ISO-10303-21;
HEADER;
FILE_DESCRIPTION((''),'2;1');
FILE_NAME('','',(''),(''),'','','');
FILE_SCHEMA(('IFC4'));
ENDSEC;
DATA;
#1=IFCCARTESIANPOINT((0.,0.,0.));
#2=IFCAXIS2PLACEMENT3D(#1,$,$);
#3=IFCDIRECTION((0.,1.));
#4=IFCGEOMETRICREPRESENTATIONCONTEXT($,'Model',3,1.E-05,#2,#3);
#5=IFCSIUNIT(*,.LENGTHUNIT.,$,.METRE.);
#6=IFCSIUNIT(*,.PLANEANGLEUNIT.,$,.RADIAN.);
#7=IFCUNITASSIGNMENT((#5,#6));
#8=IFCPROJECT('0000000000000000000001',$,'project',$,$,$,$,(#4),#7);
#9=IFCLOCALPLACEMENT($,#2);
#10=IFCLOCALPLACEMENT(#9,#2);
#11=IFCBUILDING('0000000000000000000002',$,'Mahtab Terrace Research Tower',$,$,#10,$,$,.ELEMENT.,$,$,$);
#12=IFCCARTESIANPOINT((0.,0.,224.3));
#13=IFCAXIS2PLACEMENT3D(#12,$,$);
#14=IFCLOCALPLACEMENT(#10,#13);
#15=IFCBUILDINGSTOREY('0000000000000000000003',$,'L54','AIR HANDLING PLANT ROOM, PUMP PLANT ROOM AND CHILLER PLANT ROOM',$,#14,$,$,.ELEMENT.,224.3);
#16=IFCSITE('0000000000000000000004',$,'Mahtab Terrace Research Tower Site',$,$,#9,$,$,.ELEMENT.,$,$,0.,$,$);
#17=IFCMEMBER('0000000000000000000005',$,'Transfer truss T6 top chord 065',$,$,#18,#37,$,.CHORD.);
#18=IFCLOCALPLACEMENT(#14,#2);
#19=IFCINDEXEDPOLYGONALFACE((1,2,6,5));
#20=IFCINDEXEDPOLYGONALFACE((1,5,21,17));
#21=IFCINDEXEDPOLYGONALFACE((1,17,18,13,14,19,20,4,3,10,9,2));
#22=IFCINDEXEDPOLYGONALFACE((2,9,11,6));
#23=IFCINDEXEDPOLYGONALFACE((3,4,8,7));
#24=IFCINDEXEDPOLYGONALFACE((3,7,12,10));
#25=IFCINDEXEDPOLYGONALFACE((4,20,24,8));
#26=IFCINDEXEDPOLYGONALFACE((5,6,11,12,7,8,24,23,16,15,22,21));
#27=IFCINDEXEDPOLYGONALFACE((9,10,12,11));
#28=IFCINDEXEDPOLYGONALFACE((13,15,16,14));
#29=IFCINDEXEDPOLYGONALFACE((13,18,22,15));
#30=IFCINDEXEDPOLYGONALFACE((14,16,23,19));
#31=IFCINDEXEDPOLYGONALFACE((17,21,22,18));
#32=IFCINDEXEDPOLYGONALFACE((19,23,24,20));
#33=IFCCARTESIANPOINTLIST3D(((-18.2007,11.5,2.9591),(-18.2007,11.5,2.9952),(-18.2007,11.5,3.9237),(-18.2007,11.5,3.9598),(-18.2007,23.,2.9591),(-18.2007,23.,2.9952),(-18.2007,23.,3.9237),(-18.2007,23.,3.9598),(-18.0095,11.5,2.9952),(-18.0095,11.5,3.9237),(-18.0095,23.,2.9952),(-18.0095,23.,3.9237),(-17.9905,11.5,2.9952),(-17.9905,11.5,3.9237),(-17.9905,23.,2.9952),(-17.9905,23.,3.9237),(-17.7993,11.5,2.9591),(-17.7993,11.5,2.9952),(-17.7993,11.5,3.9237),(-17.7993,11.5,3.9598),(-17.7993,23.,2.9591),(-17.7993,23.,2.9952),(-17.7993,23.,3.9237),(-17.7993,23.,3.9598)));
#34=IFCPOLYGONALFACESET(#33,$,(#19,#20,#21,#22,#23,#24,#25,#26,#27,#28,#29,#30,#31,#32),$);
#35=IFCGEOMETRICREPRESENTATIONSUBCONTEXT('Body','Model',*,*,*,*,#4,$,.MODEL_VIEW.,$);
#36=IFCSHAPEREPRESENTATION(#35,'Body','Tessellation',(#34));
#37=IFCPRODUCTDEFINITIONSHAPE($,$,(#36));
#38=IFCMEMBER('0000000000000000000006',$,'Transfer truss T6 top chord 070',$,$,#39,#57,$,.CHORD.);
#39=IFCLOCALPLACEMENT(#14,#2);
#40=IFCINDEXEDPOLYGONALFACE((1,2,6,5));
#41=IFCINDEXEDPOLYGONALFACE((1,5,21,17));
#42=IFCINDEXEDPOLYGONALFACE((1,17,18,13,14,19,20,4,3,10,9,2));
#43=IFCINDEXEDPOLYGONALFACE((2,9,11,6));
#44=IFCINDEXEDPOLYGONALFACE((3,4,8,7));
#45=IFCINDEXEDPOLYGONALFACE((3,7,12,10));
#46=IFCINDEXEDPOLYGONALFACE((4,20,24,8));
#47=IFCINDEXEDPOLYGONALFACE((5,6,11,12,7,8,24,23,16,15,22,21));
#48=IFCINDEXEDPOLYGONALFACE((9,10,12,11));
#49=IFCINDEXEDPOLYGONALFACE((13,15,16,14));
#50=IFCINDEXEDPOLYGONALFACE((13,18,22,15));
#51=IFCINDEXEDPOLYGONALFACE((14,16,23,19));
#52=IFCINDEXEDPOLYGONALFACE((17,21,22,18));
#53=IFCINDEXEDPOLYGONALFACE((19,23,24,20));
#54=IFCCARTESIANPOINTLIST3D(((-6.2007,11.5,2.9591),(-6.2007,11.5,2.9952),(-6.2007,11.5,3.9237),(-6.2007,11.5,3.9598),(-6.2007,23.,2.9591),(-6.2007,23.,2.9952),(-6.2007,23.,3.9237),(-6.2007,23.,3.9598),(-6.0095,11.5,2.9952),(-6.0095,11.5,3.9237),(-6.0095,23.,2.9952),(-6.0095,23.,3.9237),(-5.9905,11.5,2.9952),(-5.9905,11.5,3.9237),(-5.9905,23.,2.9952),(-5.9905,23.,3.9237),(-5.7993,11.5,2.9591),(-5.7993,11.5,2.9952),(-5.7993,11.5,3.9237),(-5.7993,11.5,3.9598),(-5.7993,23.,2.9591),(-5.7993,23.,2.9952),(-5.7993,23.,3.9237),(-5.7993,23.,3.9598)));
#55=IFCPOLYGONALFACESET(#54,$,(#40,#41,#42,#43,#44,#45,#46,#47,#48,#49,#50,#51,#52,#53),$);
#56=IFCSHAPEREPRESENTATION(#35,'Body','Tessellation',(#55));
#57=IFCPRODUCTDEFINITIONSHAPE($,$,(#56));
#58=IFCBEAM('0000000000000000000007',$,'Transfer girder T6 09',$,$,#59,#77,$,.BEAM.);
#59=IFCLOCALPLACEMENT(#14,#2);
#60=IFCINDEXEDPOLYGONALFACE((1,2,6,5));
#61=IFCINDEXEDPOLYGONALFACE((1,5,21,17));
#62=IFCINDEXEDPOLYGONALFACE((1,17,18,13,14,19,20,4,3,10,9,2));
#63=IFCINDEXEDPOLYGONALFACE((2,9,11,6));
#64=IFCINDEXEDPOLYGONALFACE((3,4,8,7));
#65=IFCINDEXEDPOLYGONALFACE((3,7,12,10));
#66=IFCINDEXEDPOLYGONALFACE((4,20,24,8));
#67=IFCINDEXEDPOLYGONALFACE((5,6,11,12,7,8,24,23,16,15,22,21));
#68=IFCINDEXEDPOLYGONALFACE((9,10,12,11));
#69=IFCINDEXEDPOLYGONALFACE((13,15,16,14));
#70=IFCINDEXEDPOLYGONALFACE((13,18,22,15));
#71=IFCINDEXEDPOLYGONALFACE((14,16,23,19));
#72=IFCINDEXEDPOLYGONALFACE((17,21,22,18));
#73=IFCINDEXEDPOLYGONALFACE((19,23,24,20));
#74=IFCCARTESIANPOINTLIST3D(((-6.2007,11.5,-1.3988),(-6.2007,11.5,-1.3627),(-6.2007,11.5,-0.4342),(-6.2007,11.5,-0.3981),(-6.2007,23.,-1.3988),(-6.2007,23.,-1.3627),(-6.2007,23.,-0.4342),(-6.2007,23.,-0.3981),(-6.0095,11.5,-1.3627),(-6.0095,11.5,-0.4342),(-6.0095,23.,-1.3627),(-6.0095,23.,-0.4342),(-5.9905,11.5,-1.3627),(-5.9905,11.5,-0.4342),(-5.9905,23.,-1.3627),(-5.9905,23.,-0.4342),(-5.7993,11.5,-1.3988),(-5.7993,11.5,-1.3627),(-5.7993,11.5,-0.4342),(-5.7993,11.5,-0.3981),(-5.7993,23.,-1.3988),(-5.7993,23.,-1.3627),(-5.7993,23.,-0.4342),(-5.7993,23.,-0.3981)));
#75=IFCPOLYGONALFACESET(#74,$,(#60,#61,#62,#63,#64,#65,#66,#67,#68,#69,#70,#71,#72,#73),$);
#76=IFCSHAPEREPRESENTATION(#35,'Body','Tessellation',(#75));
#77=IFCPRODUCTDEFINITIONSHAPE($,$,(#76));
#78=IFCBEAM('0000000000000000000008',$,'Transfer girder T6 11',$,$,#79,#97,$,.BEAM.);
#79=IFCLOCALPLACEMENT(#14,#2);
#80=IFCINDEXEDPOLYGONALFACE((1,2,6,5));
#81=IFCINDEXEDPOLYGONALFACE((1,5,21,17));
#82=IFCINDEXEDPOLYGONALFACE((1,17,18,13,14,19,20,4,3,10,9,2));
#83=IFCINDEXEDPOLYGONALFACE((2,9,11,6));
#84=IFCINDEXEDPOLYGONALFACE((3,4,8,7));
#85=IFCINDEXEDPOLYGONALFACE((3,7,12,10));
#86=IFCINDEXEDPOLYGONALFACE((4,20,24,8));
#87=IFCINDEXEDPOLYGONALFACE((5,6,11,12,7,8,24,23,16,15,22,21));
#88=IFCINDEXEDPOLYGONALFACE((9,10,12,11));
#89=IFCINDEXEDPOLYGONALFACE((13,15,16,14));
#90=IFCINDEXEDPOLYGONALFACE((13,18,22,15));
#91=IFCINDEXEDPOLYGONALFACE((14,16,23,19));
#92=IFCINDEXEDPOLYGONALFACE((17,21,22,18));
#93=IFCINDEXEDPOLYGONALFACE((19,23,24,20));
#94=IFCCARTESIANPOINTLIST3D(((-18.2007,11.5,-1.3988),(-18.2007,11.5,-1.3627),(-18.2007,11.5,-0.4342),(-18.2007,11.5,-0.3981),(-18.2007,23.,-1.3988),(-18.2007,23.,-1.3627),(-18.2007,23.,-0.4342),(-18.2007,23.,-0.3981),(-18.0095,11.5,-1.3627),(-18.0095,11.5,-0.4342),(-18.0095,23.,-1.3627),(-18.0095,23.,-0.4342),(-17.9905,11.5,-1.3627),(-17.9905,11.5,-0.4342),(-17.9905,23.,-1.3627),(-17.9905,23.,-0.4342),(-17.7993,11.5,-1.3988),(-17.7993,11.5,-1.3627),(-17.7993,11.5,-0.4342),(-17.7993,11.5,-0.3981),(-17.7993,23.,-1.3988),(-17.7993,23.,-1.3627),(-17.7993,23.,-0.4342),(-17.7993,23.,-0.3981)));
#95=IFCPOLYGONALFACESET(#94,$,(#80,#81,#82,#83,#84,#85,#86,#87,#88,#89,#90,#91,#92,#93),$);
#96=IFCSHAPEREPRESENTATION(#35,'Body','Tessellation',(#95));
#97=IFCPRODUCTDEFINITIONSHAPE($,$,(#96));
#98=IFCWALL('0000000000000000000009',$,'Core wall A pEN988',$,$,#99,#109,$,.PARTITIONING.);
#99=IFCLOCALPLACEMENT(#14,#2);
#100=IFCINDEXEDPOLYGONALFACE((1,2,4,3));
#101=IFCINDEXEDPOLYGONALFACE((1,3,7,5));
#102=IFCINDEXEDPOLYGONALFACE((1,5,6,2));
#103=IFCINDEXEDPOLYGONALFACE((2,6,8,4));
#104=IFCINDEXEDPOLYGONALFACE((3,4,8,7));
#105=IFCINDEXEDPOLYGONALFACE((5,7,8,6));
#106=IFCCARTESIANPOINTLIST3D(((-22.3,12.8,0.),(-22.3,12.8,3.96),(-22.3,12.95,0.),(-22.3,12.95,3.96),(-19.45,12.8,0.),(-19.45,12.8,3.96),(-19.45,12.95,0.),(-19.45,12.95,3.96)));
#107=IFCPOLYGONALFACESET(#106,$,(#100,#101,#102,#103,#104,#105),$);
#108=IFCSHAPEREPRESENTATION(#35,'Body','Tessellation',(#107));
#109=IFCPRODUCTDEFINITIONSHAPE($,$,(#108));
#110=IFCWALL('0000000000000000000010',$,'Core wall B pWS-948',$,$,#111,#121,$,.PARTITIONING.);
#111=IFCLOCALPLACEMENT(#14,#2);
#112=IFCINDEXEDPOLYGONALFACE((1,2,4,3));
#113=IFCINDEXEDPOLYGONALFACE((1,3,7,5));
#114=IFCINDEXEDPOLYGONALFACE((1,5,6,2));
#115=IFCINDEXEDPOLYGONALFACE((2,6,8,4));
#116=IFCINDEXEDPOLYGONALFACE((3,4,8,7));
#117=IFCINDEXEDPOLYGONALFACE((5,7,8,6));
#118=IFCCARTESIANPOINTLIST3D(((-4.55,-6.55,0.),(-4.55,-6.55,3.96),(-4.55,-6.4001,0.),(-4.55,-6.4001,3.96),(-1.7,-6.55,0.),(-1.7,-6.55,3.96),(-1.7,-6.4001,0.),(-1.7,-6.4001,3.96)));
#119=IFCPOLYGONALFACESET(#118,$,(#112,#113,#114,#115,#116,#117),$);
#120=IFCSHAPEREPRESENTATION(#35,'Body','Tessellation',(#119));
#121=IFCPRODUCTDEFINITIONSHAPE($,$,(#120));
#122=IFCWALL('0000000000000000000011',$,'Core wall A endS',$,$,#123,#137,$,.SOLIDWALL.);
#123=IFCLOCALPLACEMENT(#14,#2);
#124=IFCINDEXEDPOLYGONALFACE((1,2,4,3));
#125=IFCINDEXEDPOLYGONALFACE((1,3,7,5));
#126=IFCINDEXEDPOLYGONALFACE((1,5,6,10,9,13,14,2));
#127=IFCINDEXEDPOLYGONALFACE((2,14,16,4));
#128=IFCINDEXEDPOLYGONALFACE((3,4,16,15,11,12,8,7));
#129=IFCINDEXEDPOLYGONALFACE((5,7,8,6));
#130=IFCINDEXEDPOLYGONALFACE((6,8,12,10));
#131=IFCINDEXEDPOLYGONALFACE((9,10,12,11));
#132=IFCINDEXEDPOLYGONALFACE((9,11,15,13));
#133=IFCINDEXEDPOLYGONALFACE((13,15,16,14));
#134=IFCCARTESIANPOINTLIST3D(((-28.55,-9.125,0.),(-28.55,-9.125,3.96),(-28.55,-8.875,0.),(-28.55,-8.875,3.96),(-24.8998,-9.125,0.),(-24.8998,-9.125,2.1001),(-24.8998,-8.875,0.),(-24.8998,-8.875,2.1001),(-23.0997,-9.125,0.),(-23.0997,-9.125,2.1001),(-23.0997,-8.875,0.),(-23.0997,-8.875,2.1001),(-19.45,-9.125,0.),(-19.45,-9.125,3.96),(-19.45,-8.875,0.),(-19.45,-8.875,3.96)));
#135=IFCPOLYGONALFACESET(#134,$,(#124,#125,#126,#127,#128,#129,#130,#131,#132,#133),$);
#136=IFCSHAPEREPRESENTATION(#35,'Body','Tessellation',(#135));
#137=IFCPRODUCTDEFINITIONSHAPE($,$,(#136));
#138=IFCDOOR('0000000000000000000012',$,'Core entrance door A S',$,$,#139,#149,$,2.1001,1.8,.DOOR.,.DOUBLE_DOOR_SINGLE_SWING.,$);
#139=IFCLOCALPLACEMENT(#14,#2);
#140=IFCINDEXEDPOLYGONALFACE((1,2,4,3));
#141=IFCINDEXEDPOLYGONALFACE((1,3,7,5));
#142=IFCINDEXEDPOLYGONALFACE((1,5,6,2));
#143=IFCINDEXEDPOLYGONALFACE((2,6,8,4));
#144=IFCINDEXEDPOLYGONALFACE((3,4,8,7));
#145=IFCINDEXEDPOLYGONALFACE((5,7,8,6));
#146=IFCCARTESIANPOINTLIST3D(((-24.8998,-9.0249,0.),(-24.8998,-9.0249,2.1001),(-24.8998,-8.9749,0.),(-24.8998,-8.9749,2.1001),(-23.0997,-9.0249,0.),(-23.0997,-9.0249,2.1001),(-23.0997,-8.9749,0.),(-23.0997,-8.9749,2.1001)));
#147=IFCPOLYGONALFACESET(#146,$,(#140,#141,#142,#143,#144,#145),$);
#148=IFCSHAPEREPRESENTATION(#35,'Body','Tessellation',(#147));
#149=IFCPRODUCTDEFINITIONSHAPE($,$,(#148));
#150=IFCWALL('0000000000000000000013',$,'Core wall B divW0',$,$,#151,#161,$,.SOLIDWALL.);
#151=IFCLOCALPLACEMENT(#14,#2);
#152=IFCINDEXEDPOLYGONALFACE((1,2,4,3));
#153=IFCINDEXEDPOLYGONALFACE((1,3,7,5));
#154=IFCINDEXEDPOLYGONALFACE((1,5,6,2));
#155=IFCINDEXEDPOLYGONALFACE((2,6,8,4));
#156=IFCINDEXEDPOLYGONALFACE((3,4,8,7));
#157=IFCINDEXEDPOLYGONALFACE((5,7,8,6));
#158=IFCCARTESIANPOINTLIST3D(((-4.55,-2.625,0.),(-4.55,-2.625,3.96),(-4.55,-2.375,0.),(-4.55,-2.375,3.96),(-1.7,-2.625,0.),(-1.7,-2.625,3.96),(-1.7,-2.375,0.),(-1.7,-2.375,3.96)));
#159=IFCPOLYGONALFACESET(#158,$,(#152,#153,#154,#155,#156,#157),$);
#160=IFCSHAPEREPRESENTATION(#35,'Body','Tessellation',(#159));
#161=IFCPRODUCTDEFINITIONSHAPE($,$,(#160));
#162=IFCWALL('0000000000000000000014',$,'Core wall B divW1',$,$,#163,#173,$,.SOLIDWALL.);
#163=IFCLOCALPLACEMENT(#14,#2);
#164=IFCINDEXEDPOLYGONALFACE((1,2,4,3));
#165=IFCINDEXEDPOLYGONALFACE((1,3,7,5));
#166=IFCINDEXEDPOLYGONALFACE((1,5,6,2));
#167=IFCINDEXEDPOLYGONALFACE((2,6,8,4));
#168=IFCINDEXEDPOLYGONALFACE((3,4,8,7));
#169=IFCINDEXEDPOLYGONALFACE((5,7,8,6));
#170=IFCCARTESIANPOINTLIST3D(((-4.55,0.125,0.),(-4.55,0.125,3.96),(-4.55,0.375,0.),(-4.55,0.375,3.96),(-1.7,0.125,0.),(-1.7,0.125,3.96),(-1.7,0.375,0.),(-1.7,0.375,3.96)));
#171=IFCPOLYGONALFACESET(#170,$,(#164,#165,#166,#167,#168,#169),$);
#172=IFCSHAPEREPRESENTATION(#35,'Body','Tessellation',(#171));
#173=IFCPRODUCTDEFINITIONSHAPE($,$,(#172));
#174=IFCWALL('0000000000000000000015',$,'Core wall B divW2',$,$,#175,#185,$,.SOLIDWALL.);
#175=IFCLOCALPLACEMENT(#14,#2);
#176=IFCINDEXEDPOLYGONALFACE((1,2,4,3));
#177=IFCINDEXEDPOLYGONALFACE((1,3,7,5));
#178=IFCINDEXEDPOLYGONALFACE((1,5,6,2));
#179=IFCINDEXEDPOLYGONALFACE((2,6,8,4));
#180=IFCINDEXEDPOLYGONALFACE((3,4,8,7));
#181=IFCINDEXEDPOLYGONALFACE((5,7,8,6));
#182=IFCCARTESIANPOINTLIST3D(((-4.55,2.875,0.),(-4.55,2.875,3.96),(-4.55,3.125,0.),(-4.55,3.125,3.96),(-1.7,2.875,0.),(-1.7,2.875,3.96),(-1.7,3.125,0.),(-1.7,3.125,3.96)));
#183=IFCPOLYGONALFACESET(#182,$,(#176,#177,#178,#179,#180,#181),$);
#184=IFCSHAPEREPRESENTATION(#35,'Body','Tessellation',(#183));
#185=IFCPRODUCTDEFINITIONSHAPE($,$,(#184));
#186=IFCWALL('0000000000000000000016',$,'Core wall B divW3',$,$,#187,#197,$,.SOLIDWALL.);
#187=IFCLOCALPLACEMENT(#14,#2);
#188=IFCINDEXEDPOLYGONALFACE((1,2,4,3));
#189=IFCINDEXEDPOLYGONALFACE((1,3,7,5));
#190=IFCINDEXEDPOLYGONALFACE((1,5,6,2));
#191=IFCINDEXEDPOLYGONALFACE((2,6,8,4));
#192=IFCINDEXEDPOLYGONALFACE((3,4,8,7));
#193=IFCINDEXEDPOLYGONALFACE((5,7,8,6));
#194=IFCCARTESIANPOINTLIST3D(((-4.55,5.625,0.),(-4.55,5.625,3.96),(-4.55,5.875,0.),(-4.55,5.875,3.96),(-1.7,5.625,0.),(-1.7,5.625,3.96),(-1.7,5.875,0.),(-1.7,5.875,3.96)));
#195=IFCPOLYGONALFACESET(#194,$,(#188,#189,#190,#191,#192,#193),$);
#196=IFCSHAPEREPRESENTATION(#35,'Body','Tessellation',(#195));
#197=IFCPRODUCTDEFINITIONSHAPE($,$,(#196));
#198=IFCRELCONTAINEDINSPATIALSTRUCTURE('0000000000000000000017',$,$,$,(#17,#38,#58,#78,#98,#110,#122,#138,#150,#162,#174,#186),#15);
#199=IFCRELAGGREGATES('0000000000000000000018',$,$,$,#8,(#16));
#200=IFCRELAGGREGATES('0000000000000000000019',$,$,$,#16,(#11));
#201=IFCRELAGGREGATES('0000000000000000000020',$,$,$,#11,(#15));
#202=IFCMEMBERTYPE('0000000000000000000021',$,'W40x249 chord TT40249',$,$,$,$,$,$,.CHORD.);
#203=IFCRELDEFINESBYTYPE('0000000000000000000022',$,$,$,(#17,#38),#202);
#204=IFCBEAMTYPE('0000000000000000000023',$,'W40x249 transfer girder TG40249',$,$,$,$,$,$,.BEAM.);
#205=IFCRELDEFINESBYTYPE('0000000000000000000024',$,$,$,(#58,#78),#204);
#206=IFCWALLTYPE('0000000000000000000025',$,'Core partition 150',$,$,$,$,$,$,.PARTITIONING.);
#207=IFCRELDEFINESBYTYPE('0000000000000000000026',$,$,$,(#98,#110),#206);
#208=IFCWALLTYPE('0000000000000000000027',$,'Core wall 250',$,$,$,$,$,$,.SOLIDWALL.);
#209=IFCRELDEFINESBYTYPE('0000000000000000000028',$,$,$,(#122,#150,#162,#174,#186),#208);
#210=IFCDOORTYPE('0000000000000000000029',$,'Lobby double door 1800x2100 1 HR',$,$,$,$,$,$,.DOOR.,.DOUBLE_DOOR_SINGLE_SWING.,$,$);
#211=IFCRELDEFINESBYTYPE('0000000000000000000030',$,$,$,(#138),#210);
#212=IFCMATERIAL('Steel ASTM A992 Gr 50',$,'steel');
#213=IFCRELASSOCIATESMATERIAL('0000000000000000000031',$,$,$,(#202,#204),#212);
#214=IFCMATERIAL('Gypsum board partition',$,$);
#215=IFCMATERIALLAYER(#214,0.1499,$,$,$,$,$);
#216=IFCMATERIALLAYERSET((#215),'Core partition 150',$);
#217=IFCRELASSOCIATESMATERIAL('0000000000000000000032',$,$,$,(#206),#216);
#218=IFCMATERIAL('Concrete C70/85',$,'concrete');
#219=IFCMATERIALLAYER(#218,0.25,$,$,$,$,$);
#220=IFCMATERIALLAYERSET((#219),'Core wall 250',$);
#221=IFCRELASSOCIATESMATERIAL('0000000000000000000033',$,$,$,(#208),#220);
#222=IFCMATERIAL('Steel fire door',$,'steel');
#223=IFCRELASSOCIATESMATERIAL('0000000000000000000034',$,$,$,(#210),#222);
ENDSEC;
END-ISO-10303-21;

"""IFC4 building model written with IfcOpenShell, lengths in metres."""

from ifc_helpers import new_model, si_unit, direction, frame, frame_2d, origin, origin_2d, place, context, subcontext, project, spatial, rectangle, i_section, extrude, material, layer, layer_set, material_profile, profile_set, type_object, element, fill, save


model = new_model("IFC4")

# Units and contexts
model_context = context("Model", 3, precision=1e-05, world=origin(), true_north=direction((0.0, 1.0)))
body_context = subcontext(model_context, "Body", "Model", "MODEL_VIEW")
ifc_project = project(units=[si_unit("LENGTHUNIT", "METRE"), si_unit("PLANEANGLEUNIT", "RADIAN")], contexts=[model_context])

# Site, building, storey
site_placement = place(None, origin())
site = spatial("IfcSite", under=ifc_project, at=site_placement, Name="Mahtab Terrace Research Tower Site", CompositionType="ELEMENT", RefElevation=0.0)
building_placement = place(site_placement, origin())
building = spatial("IfcBuilding", under=site, at=building_placement, Name="Mahtab Terrace Research Tower", CompositionType="ELEMENT")
storey_placement = place(building_placement, frame((0.0, 0.0, 224.3)))
storey = spatial("IfcBuildingStorey", under=building, at=storey_placement, Name="L54", Description="AIR HANDLING PLANT ROOM, PUMP PLANT ROOM AND CHILLER PLANT ROOM", CompositionType="ELEMENT", Elevation=224.3)

# Shared definitions
ifc_material_1 = material(Name="Concrete C70/85", Category="concrete")

# Members
ifc_material_2 = material(Name="Steel ASTM A992 Gr 50", Category="steel")
ifc_material_profile_1 = material_profile(ifc_material_2, i_section(OverallWidth=0.4014, OverallDepth=1.0007, WebThickness=0.019, FlangeThickness=0.0361, at=origin_2d()), Name="W40X249")
ifc_profile_set_1 = profile_set([ifc_material_profile_1], Name="Steel ASTM A992 Gr 50")
member_type_1 = type_object("IfcMemberType", Name="W40x249 chord TT40249", PredefinedType="CHORD", material=ifc_profile_set_1)
for number, where, z_axis, x_axis, name in (
    (1, (-18.0, 11.5, 3.4595), (0.0, 1.0, 0.0), (-1.0, 0.0, 0.0), "Transfer truss T6 top chord 065"),
    (2, (-6.0, 11.5, 3.4595), (0.0, 1.0, 0.0), (-1.0, 0.0, 0.0), "Transfer truss T6 top chord 070"),
):
    element("IfcMember", number, at=place(storey_placement, frame(where, z_axis=z_axis, x_axis=x_axis)), inside=storey, type_object=member_type_1, Name=name, PredefinedType="CHORD", context=body_context, shape_type="SweptSolid", body=[
        extrude(i_section(OverallWidth=0.4014, OverallDepth=1.0007, WebThickness=0.019, FlangeThickness=0.0361, at=origin_2d()), origin(), (0.0, 0.0, 1.0), 11.5),
    ])

# Beams
ifc_material_profile_2 = material_profile(ifc_material_2, i_section(OverallWidth=0.4014, OverallDepth=1.0007, WebThickness=0.019, FlangeThickness=0.0361, at=origin_2d()), Name="W40X249")
ifc_profile_set_2 = profile_set([ifc_material_profile_2], Name="Steel ASTM A992 Gr 50")
beam_type = type_object("IfcBeamType", Name="W40x249 transfer girder TG40249", PredefinedType="BEAM", material=ifc_profile_set_2)
for number, where, z_axis, x_axis, name in (
    (3, (-6.0, 11.5, -0.8984), (0.0, 1.0, 0.0), (-1.0, 0.0, 0.0), "Transfer girder T6 09"),
    (4, (-18.0, 11.5, -0.8984), (0.0, 1.0, 0.0), (-1.0, 0.0, 0.0), "Transfer girder T6 11"),
):
    element("IfcBeam", number, at=place(storey_placement, frame(where, z_axis=z_axis, x_axis=x_axis)), inside=storey, type_object=beam_type, Name=name, PredefinedType="BEAM", context=body_context, shape_type="SweptSolid", body=[
        extrude(i_section(OverallWidth=0.4014, OverallDepth=1.0007, WebThickness=0.019, FlangeThickness=0.0361, at=origin_2d()), origin(), (0.0, 0.0, 1.0), 11.5),
    ])

# Walls
ifc_material_3 = material(Name="Gypsum board partition")
ifc_layer_1 = layer(ifc_material_3, 0.1499)
ifc_layer_set_1 = layer_set([ifc_layer_1], Name="Core partition 150")
wall_type_1 = type_object("IfcWallType", Name="Core partition 150", PredefinedType="PARTITIONING", material=ifc_layer_set_1)
for number, where, z_axis, x_axis, name in (
    (5, (-22.3, 12.875, 0.0), (0.0, 0.0, 1.0), (1.0, 0.0, 0.0), "Core wall A pEN988"),
    (6, (-4.55, -6.4751, 0.0), (0.0, 0.0, 1.0), (1.0, 0.0, 0.0), "Core wall B pWS-948"),
):
    element("IfcWall", number, at=place(storey_placement, frame(where, z_axis=z_axis, x_axis=x_axis)), inside=storey, type_object=wall_type_1, Name=name, PredefinedType="PARTITIONING", context=body_context, shape_type="SweptSolid", body=[
        extrude(rectangle(XDim=2.8501, YDim=0.1499, at=frame_2d((1.425, 0.0))), origin(), (0.0, 0.0, 1.0), 3.96),
    ])

# Wall, opening, door
ifc_layer_2 = layer(ifc_material_1, 0.25)
ifc_layer_set_2 = layer_set([ifc_layer_2], Name="Core wall 250")
wall_type_2 = type_object("IfcWallType", Name="Core wall 250", PredefinedType="SOLIDWALL", material=ifc_layer_set_2)
wall_1_placement = place(storey_placement, frame((-19.45, -9.0, 0.0), z_axis=(0.0, 0.0, 1.0), x_axis=(-1.0, 0.0, 0.0)))
wall_1 = element("IfcWall", 7, at=wall_1_placement, inside=storey, type_object=wall_type_2, Name="Core wall A endS", PredefinedType="SOLIDWALL", context=body_context, shape_type="SweptSolid", body=[
    extrude(rectangle(XDim=9.1001, YDim=0.25, at=frame_2d((4.55, 0.0))), origin(), (0.0, 0.0, 1.0), 3.96),
])
opening_1_placement = place(wall_1_placement, frame((3.6499, 0.0, 0.0)))
opening_1 = element("IfcOpeningElement", 8, at=opening_1_placement, cuts=wall_1, PredefinedType="OPENING", context=body_context, shape_type="SweptSolid", body=[
    extrude(rectangle(XDim=1.8, YDim=2.1001, at=frame_2d((0.8999, 1.05))), frame((0.0, 0.135, 0.0), z_axis=(0.0, -1.0, 0.0), x_axis=(1.0, 0.0, 0.0)), (0.0, 0.0, 1.0), 0.27),
])
ifc_material_4 = material(Name="Steel fire door", Category="steel")
door_type_1 = type_object("IfcDoorType", Name="Lobby double door 1800x2100 1 HR", OperationType="DOUBLE_DOOR_SINGLE_SWING", PredefinedType="DOOR", material=ifc_material_4)
door_1_placement = place(opening_1_placement, origin())
door_1 = element("IfcDoor", 9, at=door_1_placement, inside=storey, type_object=door_type_1, Name="Core entrance door A S", OperationType="DOUBLE_DOOR_SINGLE_SWING", OverallHeight=2.1001, OverallWidth=1.8, PredefinedType="DOOR", context=body_context, shape_type="SweptSolid", body=[
    extrude(rectangle(XDim=1.8, YDim=2.1001, at=frame_2d((0.8999, 1.05))), frame((0.0, 0.0249, 0.0), z_axis=(0.0, -1.0, 0.0), x_axis=(1.0, 0.0, 0.0)), (0.0, 0.0, 1.0), 0.05),
])
fill(opening_1, door_1)

# Walls
for number, where, z_axis, x_axis, name in (
    (10, (-4.55, -2.5, 0.0), (0.0, 0.0, 1.0), (1.0, 0.0, 0.0), "Core wall B divW0"),
    (11, (-4.55, 0.25, 0.0), (0.0, 0.0, 1.0), (1.0, 0.0, 0.0), "Core wall B divW1"),
    (12, (-4.55, 3.0, 0.0), (0.0, 0.0, 1.0), (1.0, 0.0, 0.0), "Core wall B divW2"),
    (13, (-4.55, 5.75, 0.0), (0.0, 0.0, 1.0), (1.0, 0.0, 0.0), "Core wall B divW3"),
):
    element("IfcWall", number, at=place(storey_placement, frame(where, z_axis=z_axis, x_axis=x_axis)), inside=storey, type_object=wall_type_2, Name=name, PredefinedType="SOLIDWALL", context=body_context, shape_type="SweptSolid", body=[
        extrude(rectangle(XDim=2.8501, YDim=0.25, at=frame_2d((1.425, 0.0))), origin(), (0.0, 0.0, 1.0), 3.96),
    ])

save(model, "model.ifc")
